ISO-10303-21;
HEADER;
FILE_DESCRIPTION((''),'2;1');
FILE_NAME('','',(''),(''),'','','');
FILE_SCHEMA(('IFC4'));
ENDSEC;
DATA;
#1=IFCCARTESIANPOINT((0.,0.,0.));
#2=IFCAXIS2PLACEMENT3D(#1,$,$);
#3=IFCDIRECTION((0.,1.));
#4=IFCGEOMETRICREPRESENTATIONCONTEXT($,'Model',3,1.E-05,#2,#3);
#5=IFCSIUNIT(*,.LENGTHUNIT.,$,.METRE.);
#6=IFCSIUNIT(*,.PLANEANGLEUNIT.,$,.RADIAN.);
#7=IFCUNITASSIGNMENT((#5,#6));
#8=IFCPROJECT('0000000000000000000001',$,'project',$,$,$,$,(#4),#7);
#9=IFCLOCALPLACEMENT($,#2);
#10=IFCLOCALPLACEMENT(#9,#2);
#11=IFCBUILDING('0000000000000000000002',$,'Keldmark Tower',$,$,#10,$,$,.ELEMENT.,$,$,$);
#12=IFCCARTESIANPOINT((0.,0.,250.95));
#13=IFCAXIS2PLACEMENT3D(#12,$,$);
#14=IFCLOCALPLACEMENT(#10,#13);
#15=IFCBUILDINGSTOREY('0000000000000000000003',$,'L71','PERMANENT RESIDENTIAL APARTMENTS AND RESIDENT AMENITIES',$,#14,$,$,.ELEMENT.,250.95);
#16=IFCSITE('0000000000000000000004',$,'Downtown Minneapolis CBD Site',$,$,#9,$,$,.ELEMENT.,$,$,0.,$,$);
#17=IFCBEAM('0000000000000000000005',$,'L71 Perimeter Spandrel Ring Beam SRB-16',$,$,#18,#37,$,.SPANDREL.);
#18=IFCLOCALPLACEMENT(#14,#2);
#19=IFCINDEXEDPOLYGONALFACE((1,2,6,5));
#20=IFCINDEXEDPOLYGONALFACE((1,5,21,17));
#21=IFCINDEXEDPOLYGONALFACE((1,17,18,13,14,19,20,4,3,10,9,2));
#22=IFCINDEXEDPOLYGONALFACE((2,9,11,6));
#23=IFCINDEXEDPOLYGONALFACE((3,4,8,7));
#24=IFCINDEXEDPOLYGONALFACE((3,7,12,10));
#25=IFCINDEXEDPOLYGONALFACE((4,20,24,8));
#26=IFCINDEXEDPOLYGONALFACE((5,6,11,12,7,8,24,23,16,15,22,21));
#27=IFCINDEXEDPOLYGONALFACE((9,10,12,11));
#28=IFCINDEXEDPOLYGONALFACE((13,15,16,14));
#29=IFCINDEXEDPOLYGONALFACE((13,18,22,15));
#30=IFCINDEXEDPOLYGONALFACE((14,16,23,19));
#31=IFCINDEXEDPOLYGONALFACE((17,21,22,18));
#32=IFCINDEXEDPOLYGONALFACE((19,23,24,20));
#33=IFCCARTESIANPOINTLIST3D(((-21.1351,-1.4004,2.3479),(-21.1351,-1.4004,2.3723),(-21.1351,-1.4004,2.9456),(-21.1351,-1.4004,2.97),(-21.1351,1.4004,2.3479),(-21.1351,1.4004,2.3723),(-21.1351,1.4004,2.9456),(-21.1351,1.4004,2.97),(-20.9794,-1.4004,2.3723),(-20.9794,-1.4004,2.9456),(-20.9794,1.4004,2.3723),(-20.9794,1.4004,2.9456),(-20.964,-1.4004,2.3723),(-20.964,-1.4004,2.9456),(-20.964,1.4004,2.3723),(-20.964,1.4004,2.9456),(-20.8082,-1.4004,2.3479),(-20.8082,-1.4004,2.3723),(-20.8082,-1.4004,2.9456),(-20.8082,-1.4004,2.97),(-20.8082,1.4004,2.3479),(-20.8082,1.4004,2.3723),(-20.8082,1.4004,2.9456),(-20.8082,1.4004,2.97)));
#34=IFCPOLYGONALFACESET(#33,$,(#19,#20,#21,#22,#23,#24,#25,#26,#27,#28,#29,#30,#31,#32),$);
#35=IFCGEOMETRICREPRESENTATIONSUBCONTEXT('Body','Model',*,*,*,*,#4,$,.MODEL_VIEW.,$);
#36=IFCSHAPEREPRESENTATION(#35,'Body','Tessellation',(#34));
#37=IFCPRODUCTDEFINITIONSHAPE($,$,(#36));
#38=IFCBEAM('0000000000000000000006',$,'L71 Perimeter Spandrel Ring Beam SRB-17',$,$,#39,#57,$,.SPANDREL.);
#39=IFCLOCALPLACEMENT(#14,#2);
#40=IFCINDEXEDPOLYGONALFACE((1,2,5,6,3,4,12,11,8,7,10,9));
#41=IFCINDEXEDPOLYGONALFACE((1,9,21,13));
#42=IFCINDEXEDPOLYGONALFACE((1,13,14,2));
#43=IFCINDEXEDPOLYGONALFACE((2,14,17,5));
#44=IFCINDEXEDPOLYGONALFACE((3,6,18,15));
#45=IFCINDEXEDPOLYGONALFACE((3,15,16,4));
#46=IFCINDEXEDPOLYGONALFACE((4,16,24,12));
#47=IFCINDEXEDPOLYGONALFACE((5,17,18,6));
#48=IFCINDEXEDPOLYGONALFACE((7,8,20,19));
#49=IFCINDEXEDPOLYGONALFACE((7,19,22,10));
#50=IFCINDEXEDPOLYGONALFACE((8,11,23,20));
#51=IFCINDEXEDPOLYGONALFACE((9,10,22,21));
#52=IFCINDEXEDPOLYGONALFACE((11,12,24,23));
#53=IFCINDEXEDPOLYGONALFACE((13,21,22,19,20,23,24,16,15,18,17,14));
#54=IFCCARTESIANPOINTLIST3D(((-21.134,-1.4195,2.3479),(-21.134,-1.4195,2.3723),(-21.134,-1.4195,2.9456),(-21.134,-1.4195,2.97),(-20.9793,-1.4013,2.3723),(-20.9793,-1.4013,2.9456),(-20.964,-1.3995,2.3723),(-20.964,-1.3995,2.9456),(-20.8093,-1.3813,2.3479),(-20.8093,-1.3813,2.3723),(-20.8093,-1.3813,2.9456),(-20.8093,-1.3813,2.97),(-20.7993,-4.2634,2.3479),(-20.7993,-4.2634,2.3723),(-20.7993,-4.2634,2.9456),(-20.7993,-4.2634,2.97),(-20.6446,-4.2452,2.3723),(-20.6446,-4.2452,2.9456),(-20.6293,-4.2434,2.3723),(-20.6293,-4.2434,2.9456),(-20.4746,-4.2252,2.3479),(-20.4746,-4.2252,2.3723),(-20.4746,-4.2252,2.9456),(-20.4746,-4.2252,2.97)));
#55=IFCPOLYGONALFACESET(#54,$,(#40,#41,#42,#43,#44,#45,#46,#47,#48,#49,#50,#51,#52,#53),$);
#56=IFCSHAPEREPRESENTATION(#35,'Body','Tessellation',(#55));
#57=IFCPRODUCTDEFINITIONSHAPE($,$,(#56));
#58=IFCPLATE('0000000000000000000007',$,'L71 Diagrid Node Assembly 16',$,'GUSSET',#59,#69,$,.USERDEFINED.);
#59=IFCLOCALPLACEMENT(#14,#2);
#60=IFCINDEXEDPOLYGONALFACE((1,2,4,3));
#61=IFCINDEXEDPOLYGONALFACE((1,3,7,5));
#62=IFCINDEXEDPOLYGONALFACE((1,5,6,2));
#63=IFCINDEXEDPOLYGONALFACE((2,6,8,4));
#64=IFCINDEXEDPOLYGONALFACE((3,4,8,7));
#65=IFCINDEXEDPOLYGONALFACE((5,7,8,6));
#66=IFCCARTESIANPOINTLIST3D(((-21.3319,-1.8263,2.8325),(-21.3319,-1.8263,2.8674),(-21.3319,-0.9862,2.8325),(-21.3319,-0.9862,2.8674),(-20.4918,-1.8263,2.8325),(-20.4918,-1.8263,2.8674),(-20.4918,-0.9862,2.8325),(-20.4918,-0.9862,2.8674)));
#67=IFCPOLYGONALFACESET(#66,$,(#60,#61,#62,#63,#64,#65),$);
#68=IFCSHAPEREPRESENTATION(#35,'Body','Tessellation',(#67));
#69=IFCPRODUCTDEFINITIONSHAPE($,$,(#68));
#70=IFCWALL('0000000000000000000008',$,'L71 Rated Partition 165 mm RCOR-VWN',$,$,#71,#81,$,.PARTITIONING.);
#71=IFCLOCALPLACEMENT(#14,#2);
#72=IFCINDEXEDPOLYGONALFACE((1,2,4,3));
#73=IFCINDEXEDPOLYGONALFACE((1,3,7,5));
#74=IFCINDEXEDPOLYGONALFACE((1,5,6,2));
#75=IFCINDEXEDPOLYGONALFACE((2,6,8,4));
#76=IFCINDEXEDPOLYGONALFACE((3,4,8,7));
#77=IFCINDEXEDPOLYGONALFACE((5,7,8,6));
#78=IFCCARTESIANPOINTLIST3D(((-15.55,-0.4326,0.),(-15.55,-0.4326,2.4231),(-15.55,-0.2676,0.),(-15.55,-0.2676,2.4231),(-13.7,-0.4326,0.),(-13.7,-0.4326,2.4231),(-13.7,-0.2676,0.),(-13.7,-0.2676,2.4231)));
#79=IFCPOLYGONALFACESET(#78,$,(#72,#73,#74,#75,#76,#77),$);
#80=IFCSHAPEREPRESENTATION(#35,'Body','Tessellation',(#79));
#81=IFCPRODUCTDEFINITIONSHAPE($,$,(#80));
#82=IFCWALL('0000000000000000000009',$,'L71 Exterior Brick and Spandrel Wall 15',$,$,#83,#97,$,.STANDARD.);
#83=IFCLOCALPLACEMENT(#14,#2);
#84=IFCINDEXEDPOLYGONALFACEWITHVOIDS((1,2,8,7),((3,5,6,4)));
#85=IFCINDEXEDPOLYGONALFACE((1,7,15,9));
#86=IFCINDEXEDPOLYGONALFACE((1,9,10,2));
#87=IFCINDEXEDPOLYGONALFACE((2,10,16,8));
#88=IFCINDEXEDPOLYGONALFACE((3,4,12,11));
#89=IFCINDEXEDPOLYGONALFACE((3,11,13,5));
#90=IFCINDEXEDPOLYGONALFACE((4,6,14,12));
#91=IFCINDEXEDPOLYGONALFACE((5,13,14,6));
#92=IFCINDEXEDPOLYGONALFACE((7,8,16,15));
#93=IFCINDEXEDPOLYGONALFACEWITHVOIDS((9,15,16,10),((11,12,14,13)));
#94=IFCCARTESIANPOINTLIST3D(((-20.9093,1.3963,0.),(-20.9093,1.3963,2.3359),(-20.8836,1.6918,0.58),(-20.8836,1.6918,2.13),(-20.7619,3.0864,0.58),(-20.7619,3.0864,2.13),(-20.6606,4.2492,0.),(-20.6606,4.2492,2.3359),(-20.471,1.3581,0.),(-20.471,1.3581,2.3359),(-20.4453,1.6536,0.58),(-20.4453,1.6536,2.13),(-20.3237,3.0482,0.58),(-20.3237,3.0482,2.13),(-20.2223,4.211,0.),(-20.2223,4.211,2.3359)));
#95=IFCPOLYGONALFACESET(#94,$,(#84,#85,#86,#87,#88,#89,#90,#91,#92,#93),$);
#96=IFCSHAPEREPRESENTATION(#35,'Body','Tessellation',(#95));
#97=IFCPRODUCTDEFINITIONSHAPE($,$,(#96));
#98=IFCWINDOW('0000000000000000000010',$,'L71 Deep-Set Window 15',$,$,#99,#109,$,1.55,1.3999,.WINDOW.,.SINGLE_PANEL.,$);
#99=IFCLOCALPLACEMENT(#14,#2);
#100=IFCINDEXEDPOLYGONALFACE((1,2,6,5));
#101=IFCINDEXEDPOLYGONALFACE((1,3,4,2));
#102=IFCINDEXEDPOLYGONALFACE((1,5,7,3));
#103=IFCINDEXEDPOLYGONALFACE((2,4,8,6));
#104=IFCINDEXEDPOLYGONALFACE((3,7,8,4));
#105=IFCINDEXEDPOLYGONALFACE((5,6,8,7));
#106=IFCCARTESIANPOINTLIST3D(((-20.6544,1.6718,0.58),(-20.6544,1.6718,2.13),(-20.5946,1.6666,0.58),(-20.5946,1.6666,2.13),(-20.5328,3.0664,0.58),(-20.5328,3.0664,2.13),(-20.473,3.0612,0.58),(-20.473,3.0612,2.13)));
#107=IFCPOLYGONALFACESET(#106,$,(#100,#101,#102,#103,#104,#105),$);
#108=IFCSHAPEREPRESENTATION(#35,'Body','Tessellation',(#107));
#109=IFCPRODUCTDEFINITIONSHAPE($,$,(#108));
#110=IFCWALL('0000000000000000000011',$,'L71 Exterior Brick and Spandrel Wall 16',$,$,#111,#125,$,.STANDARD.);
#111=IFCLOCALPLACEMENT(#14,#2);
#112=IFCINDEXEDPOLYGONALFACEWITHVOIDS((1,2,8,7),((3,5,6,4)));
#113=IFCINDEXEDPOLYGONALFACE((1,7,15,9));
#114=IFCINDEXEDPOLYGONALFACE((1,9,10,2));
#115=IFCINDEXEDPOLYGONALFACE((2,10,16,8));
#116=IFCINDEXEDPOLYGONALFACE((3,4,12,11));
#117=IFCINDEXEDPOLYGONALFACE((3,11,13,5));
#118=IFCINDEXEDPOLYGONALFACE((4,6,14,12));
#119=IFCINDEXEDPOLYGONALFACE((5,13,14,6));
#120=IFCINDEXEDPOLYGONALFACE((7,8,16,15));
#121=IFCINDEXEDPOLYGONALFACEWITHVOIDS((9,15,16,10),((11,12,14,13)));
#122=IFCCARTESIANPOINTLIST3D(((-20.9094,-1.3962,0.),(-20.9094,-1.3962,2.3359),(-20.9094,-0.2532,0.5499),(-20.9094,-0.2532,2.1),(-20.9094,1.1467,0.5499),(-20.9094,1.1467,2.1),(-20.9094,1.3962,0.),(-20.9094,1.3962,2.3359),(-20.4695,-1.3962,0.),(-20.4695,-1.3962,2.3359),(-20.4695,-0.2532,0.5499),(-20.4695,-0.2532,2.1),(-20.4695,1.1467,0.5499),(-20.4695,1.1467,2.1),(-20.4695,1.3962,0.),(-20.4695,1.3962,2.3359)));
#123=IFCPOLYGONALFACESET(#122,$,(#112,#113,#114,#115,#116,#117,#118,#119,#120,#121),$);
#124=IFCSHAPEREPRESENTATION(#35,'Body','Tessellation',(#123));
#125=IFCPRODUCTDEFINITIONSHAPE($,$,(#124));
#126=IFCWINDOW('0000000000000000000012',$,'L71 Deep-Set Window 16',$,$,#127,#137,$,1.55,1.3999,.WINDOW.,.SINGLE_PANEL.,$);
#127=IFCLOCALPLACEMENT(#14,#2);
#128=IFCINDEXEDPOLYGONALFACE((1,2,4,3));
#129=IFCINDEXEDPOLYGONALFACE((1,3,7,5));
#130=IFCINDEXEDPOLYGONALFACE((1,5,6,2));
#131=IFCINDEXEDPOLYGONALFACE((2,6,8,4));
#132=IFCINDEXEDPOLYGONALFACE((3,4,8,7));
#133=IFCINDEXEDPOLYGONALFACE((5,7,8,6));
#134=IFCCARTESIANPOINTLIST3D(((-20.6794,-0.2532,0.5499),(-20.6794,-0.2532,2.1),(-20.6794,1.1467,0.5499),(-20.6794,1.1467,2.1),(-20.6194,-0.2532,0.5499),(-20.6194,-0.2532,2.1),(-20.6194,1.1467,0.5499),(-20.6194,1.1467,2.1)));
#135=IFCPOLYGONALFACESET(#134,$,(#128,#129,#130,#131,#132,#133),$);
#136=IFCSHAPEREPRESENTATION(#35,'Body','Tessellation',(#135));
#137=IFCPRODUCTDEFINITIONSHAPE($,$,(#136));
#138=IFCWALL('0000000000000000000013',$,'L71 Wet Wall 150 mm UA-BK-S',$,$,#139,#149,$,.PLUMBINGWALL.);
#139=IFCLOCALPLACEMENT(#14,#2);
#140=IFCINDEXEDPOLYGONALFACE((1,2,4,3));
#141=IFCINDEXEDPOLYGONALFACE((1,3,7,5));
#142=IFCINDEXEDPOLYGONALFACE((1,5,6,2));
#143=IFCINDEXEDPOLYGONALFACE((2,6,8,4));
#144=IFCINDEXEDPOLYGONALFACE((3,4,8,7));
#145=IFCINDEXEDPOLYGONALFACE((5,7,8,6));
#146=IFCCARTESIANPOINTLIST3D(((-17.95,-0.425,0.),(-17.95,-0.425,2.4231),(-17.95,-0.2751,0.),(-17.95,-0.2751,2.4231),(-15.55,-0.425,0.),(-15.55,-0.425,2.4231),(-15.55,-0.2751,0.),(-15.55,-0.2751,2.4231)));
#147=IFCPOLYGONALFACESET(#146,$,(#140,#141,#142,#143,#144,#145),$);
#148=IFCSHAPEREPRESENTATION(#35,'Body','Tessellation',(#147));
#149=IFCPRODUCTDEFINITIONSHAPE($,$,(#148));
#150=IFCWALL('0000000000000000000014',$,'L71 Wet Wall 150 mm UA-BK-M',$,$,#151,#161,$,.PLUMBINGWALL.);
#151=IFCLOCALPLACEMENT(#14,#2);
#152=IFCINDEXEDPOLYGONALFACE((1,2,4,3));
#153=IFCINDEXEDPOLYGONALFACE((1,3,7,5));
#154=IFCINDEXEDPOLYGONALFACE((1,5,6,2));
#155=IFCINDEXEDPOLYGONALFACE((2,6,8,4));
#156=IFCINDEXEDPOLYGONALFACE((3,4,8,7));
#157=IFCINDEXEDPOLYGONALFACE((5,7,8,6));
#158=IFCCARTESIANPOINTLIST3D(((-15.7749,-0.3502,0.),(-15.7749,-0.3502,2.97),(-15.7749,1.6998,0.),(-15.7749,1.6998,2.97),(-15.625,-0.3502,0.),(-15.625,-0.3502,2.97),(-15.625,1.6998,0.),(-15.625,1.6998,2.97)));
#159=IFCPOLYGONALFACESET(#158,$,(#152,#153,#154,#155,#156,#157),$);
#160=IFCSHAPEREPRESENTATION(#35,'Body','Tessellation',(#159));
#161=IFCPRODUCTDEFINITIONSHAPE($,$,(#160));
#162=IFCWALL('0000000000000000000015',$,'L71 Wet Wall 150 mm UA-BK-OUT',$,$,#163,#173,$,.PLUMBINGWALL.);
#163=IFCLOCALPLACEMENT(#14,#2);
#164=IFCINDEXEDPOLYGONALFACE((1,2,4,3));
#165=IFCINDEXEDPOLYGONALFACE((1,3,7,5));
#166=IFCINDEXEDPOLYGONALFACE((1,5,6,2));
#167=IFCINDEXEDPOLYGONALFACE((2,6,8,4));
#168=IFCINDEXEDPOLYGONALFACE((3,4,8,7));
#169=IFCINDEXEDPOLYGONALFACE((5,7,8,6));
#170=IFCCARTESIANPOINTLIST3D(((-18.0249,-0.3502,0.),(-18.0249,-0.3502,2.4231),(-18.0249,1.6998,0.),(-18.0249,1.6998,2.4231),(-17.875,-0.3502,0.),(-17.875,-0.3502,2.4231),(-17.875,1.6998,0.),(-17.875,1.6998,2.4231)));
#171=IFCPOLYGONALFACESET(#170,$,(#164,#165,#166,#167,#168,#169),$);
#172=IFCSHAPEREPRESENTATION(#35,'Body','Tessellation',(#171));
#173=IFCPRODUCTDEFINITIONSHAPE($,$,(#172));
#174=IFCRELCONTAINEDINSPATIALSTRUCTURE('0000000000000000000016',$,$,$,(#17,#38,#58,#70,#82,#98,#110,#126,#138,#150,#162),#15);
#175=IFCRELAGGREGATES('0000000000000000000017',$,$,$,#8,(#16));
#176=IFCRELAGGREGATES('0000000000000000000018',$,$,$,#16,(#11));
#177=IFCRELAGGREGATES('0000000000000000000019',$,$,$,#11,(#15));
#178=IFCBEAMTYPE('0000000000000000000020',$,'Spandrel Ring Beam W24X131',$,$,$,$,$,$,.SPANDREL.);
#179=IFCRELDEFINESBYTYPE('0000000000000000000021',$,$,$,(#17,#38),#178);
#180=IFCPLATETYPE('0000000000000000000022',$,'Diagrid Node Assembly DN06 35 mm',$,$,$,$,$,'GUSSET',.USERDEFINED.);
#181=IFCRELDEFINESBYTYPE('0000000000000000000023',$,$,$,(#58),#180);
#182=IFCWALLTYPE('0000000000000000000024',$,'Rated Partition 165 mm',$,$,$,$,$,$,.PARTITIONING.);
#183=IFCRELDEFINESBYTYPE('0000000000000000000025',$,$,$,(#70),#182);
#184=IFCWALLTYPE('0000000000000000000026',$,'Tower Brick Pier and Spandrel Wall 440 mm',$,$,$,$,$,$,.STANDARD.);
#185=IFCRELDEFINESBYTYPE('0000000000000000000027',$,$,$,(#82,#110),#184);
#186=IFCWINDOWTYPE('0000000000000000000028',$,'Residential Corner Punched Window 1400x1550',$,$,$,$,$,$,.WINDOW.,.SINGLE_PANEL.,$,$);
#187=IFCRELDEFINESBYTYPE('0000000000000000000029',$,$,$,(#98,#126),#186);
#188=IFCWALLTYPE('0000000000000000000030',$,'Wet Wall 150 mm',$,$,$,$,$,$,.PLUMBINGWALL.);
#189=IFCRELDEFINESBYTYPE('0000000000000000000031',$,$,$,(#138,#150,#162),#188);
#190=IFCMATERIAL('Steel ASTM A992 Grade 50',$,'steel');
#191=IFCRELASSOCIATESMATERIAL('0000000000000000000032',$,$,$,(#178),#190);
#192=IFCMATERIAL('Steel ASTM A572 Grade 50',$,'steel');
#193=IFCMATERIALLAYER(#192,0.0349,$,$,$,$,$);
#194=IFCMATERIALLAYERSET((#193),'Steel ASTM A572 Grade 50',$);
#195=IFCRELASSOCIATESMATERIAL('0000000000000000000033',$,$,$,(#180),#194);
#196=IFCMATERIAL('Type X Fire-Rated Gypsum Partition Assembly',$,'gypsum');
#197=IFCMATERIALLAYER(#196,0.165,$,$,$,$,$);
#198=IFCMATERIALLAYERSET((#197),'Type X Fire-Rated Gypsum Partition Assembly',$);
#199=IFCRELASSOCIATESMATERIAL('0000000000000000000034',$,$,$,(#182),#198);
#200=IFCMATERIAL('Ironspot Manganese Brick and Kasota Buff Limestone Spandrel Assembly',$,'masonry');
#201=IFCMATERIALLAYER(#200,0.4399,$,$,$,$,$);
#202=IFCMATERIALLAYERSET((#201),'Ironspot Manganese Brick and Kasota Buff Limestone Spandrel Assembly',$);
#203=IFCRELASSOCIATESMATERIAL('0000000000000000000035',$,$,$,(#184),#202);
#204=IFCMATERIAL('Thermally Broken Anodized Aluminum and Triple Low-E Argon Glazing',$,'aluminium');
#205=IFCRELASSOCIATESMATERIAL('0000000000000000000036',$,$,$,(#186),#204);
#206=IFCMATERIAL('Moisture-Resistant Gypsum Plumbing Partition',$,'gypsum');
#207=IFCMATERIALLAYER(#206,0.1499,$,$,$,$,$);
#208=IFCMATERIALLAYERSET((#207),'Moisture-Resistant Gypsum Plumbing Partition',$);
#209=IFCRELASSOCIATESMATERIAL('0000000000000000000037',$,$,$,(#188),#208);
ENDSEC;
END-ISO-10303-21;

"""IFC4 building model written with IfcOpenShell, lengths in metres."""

from ifc_helpers import new_model, si_unit, direction, frame, frame_2d, origin, origin_2d, place, context, subcontext, project, spatial, rectangle, i_section, extrude, material, layer, layer_set, material_profile, profile_set, type_object, element, fill, save


model = new_model("IFC4")

# Units and contexts
model_context = context("Model", 3, precision=1e-05, world=origin(), true_north=direction((0.0, 1.0)))
body_context = subcontext(model_context, "Body", "Model", "MODEL_VIEW")
ifc_project = project(units=[si_unit("LENGTHUNIT", "METRE"), si_unit("PLANEANGLEUNIT", "RADIAN")], contexts=[model_context])

# Site, building, storey
site_placement = place(None, origin())
site = spatial("IfcSite", under=ifc_project, at=site_placement, Name="Downtown Minneapolis CBD Site", CompositionType="ELEMENT", RefElevation=0.0)
building_placement = place(site_placement, origin())
building = spatial("IfcBuilding", under=site, at=building_placement, Name="Keldmark Tower", CompositionType="ELEMENT")
storey_placement = place(building_placement, frame((0.0, 0.0, 250.95)))
storey = spatial("IfcBuildingStorey", under=building, at=storey_placement, Name="L71", Description="PERMANENT RESIDENTIAL APARTMENTS AND RESIDENT AMENITIES", CompositionType="ELEMENT", Elevation=250.95)

# Beams
ifc_material_1 = material(Name="Steel ASTM A992 Grade 50", Category="steel")
ifc_material_profile_1 = material_profile(ifc_material_1, i_section(OverallWidth=0.3269, OverallDepth=0.6221, WebThickness=0.0154, FlangeThickness=0.0244, at=origin_2d()), Name="W24X131")
ifc_profile_set_1 = profile_set([ifc_material_profile_1], Name="Steel ASTM A992 Grade 50")
beam_type_1 = type_object("IfcBeamType", Name="Spandrel Ring Beam W24X131", PredefinedType="SPANDREL", material=ifc_profile_set_1)
beam_1_placement = place(storey_placement, frame((-20.9717, 1.4004, 2.6589), z_axis=(0.0, -1.0, 0.0), x_axis=(1.0, 0.0, 0.0)))
element("IfcBeam", 1, at=beam_1_placement, inside=storey, type_object=beam_type_1, Name="L71 Perimeter Spandrel Ring Beam SRB-16", PredefinedType="SPANDREL", context=body_context, shape_type="SweptSolid", body=[
    extrude(i_section(OverallWidth=0.3269, OverallDepth=0.6221, WebThickness=0.0154, FlangeThickness=0.0244, at=origin_2d()), origin(), (0.0, 0.0, 1.0), 2.8008),
])
beam_2_placement = place(storey_placement, frame((-20.9717, -1.4004, 2.6589), z_axis=(0.116886, -0.993145, 0.0), x_axis=(0.993145, 0.116886, 0.0)))
element("IfcBeam", 2, at=beam_2_placement, inside=storey, type_object=beam_type_1, Name="L71 Perimeter Spandrel Ring Beam SRB-17", PredefinedType="SPANDREL", context=body_context, shape_type="SweptSolid", body=[
    extrude(i_section(OverallWidth=0.3269, OverallDepth=0.6221, WebThickness=0.0154, FlangeThickness=0.0244, at=origin_2d()), origin(), (0.0, 0.0, 1.0), 2.8635),
])

# Plate
ifc_material_2 = material(Name="Steel ASTM A572 Grade 50", Category="steel")
ifc_layer_1 = layer(ifc_material_2, 0.0349)
ifc_layer_set_1 = layer_set([ifc_layer_1], Name="Steel ASTM A572 Grade 50")
plate_type = type_object("IfcPlateType", Name="Diagrid Node Assembly DN06 35 mm", ElementType="GUSSET", PredefinedType="USERDEFINED", material=ifc_layer_set_1)
plate_placement = place(storey_placement, frame((-20.9119, -1.4062, 2.8325), z_axis=(0.0, 0.0, 1.0), x_axis=(0.0, -1.0, 0.0)))
element("IfcPlate", 3, at=plate_placement, inside=storey, type_object=plate_type, Name="L71 Diagrid Node Assembly 16", ObjectType="GUSSET", PredefinedType="USERDEFINED", context=body_context, shape_type="SweptSolid", body=[
    extrude(rectangle(XDim=0.8401, YDim=0.8401, at=origin_2d()), origin(), (0.0, 0.0, 1.0), 0.0349),
])

# Wall
ifc_material_3 = material(Name="Type X Fire-Rated Gypsum Partition Assembly", Category="gypsum")
ifc_layer_2 = layer(ifc_material_3, 0.165)
ifc_layer_set_2 = layer_set([ifc_layer_2], Name="Type X Fire-Rated Gypsum Partition Assembly")
wall_type_1 = type_object("IfcWallType", Name="Rated Partition 165 mm", PredefinedType="PARTITIONING", material=ifc_layer_set_2)
wall_1_placement = place(storey_placement, frame((-15.55, -0.3501, 0.0), z_axis=(0.0, 0.0, 1.0), x_axis=(1.0, 0.0, 0.0)))
element("IfcWall", 4, at=wall_1_placement, inside=storey, type_object=wall_type_1, Name="L71 Rated Partition 165 mm RCOR-VWN", PredefinedType="PARTITIONING", context=body_context, shape_type="SweptSolid", body=[
    extrude(rectangle(XDim=1.8501, YDim=0.165, at=frame_2d((0.925, 0.0))), origin(), (0.0, 0.0, 1.0), 2.4231),
])

# Walls, openings, windows
ifc_material_4 = material(Name="Ironspot Manganese Brick and Kasota Buff Limestone Spandrel Assembly", Category="masonry")
ifc_layer_3 = layer(ifc_material_4, 0.4399)
ifc_layer_set_3 = layer_set([ifc_layer_3], Name="Ironspot Manganese Brick and Kasota Buff Limestone Spandrel Assembly")
wall_type_2 = type_object("IfcWallType", Name="Tower Brick Pier and Spandrel Wall 440 mm", PredefinedType="STANDARD", material=ifc_layer_set_3)
wall_2_placement = place(storey_placement, frame((-20.6902, 1.3772, 0.0), z_axis=(0.0, 0.0, 1.0), x_axis=(0.086869, 0.99622, 0.0)))
wall_2 = element("IfcWall", 5, at=wall_2_placement, inside=storey, type_object=wall_type_2, Name="L71 Exterior Brick and Spandrel Wall 15", PredefinedType="STANDARD", context=body_context, shape_type="SweptSolid", body=[
    extrude(rectangle(XDim=2.8638, YDim=0.4399, at=frame_2d((1.4319, 0.0))), origin(), (0.0, 0.0, 1.0), 2.3359),
])
opening_1_placement = place(wall_2_placement, frame((0.2966, 0.0, 0.5801)))
opening_1 = element("IfcOpeningElement", 6, at=opening_1_placement, cuts=wall_2, PredefinedType="OPENING", context=body_context, shape_type="SweptSolid", body=[
    extrude(rectangle(XDim=1.3999, YDim=1.55, at=frame_2d((0.7, 0.7749))), frame((0.0, 0.23, 0.0), z_axis=(0.0, -1.0, 0.0), x_axis=(1.0, 0.0, 0.0)), (0.0, 0.0, 1.0), 0.46),
])
ifc_material_5 = material(Name="Thermally Broken Anodized Aluminum and Triple Low-E Argon Glazing", Category="aluminium")
window_type = type_object("IfcWindowType", Name="Residential Corner Punched Window 1400x1550", PartitioningType="SINGLE_PANEL", PredefinedType="WINDOW", material=ifc_material_5)
window_1_placement = place(opening_1_placement, origin())
window_1 = element("IfcWindow", 7, at=window_1_placement, inside=storey, type_object=window_type, Name="L71 Deep-Set Window 15", OverallHeight=1.55, OverallWidth=1.3999, PartitioningType="SINGLE_PANEL", PredefinedType="WINDOW", context=body_context, shape_type="SweptSolid", body=[
    extrude(rectangle(XDim=1.3999, YDim=1.55, at=frame_2d((0.7, 0.7749))), frame((0.0, -0.01, 0.0), z_axis=(0.0, -1.0, 0.0), x_axis=(1.0, 0.0, 0.0)), (0.0, 0.0, 1.0), 0.0601),
])
fill(opening_1, window_1)
wall_3_placement = place(storey_placement, frame((-20.6895, -1.3962, 0.0), z_axis=(0.0, 0.0, 1.0), x_axis=(0.0, 1.0, 0.0)))
wall_3 = element("IfcWall", 8, at=wall_3_placement, inside=storey, type_object=wall_type_2, Name="L71 Exterior Brick and Spandrel Wall 16", PredefinedType="STANDARD", context=body_context, shape_type="SweptSolid", body=[
    extrude(rectangle(XDim=2.7925, YDim=0.4399, at=frame_2d((1.3962, 0.0))), origin(), (0.0, 0.0, 1.0), 2.3359),
])
opening_2_placement = place(wall_3_placement, frame((1.1431, 0.0, 0.55)))
opening_2 = element("IfcOpeningElement", 9, at=opening_2_placement, cuts=wall_3, PredefinedType="OPENING", context=body_context, shape_type="SweptSolid", body=[
    extrude(rectangle(XDim=1.3999, YDim=1.55, at=frame_2d((0.7, 0.7749))), frame((0.0, 0.23, 0.0), z_axis=(0.0, -1.0, 0.0), x_axis=(1.0, 0.0, 0.0)), (0.0, 0.0, 1.0), 0.46),
])
window_2_placement = place(opening_2_placement, origin())
window_2 = element("IfcWindow", 10, at=window_2_placement, inside=storey, type_object=window_type, Name="L71 Deep-Set Window 16", OverallHeight=1.55, OverallWidth=1.3999, PartitioningType="SINGLE_PANEL", PredefinedType="WINDOW", context=body_context, shape_type="SweptSolid", body=[
    extrude(rectangle(XDim=1.3999, YDim=1.55, at=frame_2d((0.7, 0.7749))), frame((0.0, -0.01, 0.0), z_axis=(0.0, -1.0, 0.0), x_axis=(1.0, 0.0, 0.0)), (0.0, 0.0, 1.0), 0.0601),
])
fill(opening_2, window_2)

# Walls
ifc_material_6 = material(Name="Moisture-Resistant Gypsum Plumbing Partition", Category="gypsum")
ifc_layer_4 = layer(ifc_material_6, 0.1499)
ifc_layer_set_4 = layer_set([ifc_layer_4], Name="Moisture-Resistant Gypsum Plumbing Partition")
wall_type_3 = type_object("IfcWallType", Name="Wet Wall 150 mm", PredefinedType="PLUMBINGWALL", material=ifc_layer_set_4)
wall_4_placement = place(storey_placement, frame((-17.95, -0.3501, 0.0), z_axis=(0.0, 0.0, 1.0), x_axis=(1.0, 0.0, 0.0)))
element("IfcWall", 11, at=wall_4_placement, inside=storey, type_object=wall_type_3, Name="L71 Wet Wall 150 mm UA-BK-S", PredefinedType="PLUMBINGWALL", context=body_context, shape_type="SweptSolid", body=[
    extrude(rectangle(XDim=2.3999, YDim=0.1499, at=frame_2d((1.2, 0.0))), origin(), (0.0, 0.0, 1.0), 2.4231),
])
wall_5_placement = place(storey_placement, frame((-15.7, -0.3501, 0.0), z_axis=(0.0, 0.0, 1.0), x_axis=(0.0, 1.0, 0.0)))
element("IfcWall", 12, at=wall_5_placement, inside=storey, type_object=wall_type_3, Name="L71 Wet Wall 150 mm UA-BK-M", PredefinedType="PLUMBINGWALL", context=body_context, shape_type="SweptSolid", body=[
    extrude(rectangle(XDim=2.05, YDim=0.1499, at=frame_2d((1.0249, 0.0))), origin(), (0.0, 0.0, 1.0), 2.97),
])
wall_6_placement = place(storey_placement, frame((-17.95, -0.3501, 0.0), z_axis=(0.0, 0.0, 1.0), x_axis=(0.0, 1.0, 0.0)))
element("IfcWall", 13, at=wall_6_placement, inside=storey, type_object=wall_type_3, Name="L71 Wet Wall 150 mm UA-BK-OUT", PredefinedType="PLUMBINGWALL", context=body_context, shape_type="SweptSolid", body=[
    extrude(rectangle(XDim=2.05, YDim=0.1499, at=frame_2d((1.0249, 0.0))), origin(), (0.0, 0.0, 1.0), 2.4231),
])

save(model, "model.ifc")
